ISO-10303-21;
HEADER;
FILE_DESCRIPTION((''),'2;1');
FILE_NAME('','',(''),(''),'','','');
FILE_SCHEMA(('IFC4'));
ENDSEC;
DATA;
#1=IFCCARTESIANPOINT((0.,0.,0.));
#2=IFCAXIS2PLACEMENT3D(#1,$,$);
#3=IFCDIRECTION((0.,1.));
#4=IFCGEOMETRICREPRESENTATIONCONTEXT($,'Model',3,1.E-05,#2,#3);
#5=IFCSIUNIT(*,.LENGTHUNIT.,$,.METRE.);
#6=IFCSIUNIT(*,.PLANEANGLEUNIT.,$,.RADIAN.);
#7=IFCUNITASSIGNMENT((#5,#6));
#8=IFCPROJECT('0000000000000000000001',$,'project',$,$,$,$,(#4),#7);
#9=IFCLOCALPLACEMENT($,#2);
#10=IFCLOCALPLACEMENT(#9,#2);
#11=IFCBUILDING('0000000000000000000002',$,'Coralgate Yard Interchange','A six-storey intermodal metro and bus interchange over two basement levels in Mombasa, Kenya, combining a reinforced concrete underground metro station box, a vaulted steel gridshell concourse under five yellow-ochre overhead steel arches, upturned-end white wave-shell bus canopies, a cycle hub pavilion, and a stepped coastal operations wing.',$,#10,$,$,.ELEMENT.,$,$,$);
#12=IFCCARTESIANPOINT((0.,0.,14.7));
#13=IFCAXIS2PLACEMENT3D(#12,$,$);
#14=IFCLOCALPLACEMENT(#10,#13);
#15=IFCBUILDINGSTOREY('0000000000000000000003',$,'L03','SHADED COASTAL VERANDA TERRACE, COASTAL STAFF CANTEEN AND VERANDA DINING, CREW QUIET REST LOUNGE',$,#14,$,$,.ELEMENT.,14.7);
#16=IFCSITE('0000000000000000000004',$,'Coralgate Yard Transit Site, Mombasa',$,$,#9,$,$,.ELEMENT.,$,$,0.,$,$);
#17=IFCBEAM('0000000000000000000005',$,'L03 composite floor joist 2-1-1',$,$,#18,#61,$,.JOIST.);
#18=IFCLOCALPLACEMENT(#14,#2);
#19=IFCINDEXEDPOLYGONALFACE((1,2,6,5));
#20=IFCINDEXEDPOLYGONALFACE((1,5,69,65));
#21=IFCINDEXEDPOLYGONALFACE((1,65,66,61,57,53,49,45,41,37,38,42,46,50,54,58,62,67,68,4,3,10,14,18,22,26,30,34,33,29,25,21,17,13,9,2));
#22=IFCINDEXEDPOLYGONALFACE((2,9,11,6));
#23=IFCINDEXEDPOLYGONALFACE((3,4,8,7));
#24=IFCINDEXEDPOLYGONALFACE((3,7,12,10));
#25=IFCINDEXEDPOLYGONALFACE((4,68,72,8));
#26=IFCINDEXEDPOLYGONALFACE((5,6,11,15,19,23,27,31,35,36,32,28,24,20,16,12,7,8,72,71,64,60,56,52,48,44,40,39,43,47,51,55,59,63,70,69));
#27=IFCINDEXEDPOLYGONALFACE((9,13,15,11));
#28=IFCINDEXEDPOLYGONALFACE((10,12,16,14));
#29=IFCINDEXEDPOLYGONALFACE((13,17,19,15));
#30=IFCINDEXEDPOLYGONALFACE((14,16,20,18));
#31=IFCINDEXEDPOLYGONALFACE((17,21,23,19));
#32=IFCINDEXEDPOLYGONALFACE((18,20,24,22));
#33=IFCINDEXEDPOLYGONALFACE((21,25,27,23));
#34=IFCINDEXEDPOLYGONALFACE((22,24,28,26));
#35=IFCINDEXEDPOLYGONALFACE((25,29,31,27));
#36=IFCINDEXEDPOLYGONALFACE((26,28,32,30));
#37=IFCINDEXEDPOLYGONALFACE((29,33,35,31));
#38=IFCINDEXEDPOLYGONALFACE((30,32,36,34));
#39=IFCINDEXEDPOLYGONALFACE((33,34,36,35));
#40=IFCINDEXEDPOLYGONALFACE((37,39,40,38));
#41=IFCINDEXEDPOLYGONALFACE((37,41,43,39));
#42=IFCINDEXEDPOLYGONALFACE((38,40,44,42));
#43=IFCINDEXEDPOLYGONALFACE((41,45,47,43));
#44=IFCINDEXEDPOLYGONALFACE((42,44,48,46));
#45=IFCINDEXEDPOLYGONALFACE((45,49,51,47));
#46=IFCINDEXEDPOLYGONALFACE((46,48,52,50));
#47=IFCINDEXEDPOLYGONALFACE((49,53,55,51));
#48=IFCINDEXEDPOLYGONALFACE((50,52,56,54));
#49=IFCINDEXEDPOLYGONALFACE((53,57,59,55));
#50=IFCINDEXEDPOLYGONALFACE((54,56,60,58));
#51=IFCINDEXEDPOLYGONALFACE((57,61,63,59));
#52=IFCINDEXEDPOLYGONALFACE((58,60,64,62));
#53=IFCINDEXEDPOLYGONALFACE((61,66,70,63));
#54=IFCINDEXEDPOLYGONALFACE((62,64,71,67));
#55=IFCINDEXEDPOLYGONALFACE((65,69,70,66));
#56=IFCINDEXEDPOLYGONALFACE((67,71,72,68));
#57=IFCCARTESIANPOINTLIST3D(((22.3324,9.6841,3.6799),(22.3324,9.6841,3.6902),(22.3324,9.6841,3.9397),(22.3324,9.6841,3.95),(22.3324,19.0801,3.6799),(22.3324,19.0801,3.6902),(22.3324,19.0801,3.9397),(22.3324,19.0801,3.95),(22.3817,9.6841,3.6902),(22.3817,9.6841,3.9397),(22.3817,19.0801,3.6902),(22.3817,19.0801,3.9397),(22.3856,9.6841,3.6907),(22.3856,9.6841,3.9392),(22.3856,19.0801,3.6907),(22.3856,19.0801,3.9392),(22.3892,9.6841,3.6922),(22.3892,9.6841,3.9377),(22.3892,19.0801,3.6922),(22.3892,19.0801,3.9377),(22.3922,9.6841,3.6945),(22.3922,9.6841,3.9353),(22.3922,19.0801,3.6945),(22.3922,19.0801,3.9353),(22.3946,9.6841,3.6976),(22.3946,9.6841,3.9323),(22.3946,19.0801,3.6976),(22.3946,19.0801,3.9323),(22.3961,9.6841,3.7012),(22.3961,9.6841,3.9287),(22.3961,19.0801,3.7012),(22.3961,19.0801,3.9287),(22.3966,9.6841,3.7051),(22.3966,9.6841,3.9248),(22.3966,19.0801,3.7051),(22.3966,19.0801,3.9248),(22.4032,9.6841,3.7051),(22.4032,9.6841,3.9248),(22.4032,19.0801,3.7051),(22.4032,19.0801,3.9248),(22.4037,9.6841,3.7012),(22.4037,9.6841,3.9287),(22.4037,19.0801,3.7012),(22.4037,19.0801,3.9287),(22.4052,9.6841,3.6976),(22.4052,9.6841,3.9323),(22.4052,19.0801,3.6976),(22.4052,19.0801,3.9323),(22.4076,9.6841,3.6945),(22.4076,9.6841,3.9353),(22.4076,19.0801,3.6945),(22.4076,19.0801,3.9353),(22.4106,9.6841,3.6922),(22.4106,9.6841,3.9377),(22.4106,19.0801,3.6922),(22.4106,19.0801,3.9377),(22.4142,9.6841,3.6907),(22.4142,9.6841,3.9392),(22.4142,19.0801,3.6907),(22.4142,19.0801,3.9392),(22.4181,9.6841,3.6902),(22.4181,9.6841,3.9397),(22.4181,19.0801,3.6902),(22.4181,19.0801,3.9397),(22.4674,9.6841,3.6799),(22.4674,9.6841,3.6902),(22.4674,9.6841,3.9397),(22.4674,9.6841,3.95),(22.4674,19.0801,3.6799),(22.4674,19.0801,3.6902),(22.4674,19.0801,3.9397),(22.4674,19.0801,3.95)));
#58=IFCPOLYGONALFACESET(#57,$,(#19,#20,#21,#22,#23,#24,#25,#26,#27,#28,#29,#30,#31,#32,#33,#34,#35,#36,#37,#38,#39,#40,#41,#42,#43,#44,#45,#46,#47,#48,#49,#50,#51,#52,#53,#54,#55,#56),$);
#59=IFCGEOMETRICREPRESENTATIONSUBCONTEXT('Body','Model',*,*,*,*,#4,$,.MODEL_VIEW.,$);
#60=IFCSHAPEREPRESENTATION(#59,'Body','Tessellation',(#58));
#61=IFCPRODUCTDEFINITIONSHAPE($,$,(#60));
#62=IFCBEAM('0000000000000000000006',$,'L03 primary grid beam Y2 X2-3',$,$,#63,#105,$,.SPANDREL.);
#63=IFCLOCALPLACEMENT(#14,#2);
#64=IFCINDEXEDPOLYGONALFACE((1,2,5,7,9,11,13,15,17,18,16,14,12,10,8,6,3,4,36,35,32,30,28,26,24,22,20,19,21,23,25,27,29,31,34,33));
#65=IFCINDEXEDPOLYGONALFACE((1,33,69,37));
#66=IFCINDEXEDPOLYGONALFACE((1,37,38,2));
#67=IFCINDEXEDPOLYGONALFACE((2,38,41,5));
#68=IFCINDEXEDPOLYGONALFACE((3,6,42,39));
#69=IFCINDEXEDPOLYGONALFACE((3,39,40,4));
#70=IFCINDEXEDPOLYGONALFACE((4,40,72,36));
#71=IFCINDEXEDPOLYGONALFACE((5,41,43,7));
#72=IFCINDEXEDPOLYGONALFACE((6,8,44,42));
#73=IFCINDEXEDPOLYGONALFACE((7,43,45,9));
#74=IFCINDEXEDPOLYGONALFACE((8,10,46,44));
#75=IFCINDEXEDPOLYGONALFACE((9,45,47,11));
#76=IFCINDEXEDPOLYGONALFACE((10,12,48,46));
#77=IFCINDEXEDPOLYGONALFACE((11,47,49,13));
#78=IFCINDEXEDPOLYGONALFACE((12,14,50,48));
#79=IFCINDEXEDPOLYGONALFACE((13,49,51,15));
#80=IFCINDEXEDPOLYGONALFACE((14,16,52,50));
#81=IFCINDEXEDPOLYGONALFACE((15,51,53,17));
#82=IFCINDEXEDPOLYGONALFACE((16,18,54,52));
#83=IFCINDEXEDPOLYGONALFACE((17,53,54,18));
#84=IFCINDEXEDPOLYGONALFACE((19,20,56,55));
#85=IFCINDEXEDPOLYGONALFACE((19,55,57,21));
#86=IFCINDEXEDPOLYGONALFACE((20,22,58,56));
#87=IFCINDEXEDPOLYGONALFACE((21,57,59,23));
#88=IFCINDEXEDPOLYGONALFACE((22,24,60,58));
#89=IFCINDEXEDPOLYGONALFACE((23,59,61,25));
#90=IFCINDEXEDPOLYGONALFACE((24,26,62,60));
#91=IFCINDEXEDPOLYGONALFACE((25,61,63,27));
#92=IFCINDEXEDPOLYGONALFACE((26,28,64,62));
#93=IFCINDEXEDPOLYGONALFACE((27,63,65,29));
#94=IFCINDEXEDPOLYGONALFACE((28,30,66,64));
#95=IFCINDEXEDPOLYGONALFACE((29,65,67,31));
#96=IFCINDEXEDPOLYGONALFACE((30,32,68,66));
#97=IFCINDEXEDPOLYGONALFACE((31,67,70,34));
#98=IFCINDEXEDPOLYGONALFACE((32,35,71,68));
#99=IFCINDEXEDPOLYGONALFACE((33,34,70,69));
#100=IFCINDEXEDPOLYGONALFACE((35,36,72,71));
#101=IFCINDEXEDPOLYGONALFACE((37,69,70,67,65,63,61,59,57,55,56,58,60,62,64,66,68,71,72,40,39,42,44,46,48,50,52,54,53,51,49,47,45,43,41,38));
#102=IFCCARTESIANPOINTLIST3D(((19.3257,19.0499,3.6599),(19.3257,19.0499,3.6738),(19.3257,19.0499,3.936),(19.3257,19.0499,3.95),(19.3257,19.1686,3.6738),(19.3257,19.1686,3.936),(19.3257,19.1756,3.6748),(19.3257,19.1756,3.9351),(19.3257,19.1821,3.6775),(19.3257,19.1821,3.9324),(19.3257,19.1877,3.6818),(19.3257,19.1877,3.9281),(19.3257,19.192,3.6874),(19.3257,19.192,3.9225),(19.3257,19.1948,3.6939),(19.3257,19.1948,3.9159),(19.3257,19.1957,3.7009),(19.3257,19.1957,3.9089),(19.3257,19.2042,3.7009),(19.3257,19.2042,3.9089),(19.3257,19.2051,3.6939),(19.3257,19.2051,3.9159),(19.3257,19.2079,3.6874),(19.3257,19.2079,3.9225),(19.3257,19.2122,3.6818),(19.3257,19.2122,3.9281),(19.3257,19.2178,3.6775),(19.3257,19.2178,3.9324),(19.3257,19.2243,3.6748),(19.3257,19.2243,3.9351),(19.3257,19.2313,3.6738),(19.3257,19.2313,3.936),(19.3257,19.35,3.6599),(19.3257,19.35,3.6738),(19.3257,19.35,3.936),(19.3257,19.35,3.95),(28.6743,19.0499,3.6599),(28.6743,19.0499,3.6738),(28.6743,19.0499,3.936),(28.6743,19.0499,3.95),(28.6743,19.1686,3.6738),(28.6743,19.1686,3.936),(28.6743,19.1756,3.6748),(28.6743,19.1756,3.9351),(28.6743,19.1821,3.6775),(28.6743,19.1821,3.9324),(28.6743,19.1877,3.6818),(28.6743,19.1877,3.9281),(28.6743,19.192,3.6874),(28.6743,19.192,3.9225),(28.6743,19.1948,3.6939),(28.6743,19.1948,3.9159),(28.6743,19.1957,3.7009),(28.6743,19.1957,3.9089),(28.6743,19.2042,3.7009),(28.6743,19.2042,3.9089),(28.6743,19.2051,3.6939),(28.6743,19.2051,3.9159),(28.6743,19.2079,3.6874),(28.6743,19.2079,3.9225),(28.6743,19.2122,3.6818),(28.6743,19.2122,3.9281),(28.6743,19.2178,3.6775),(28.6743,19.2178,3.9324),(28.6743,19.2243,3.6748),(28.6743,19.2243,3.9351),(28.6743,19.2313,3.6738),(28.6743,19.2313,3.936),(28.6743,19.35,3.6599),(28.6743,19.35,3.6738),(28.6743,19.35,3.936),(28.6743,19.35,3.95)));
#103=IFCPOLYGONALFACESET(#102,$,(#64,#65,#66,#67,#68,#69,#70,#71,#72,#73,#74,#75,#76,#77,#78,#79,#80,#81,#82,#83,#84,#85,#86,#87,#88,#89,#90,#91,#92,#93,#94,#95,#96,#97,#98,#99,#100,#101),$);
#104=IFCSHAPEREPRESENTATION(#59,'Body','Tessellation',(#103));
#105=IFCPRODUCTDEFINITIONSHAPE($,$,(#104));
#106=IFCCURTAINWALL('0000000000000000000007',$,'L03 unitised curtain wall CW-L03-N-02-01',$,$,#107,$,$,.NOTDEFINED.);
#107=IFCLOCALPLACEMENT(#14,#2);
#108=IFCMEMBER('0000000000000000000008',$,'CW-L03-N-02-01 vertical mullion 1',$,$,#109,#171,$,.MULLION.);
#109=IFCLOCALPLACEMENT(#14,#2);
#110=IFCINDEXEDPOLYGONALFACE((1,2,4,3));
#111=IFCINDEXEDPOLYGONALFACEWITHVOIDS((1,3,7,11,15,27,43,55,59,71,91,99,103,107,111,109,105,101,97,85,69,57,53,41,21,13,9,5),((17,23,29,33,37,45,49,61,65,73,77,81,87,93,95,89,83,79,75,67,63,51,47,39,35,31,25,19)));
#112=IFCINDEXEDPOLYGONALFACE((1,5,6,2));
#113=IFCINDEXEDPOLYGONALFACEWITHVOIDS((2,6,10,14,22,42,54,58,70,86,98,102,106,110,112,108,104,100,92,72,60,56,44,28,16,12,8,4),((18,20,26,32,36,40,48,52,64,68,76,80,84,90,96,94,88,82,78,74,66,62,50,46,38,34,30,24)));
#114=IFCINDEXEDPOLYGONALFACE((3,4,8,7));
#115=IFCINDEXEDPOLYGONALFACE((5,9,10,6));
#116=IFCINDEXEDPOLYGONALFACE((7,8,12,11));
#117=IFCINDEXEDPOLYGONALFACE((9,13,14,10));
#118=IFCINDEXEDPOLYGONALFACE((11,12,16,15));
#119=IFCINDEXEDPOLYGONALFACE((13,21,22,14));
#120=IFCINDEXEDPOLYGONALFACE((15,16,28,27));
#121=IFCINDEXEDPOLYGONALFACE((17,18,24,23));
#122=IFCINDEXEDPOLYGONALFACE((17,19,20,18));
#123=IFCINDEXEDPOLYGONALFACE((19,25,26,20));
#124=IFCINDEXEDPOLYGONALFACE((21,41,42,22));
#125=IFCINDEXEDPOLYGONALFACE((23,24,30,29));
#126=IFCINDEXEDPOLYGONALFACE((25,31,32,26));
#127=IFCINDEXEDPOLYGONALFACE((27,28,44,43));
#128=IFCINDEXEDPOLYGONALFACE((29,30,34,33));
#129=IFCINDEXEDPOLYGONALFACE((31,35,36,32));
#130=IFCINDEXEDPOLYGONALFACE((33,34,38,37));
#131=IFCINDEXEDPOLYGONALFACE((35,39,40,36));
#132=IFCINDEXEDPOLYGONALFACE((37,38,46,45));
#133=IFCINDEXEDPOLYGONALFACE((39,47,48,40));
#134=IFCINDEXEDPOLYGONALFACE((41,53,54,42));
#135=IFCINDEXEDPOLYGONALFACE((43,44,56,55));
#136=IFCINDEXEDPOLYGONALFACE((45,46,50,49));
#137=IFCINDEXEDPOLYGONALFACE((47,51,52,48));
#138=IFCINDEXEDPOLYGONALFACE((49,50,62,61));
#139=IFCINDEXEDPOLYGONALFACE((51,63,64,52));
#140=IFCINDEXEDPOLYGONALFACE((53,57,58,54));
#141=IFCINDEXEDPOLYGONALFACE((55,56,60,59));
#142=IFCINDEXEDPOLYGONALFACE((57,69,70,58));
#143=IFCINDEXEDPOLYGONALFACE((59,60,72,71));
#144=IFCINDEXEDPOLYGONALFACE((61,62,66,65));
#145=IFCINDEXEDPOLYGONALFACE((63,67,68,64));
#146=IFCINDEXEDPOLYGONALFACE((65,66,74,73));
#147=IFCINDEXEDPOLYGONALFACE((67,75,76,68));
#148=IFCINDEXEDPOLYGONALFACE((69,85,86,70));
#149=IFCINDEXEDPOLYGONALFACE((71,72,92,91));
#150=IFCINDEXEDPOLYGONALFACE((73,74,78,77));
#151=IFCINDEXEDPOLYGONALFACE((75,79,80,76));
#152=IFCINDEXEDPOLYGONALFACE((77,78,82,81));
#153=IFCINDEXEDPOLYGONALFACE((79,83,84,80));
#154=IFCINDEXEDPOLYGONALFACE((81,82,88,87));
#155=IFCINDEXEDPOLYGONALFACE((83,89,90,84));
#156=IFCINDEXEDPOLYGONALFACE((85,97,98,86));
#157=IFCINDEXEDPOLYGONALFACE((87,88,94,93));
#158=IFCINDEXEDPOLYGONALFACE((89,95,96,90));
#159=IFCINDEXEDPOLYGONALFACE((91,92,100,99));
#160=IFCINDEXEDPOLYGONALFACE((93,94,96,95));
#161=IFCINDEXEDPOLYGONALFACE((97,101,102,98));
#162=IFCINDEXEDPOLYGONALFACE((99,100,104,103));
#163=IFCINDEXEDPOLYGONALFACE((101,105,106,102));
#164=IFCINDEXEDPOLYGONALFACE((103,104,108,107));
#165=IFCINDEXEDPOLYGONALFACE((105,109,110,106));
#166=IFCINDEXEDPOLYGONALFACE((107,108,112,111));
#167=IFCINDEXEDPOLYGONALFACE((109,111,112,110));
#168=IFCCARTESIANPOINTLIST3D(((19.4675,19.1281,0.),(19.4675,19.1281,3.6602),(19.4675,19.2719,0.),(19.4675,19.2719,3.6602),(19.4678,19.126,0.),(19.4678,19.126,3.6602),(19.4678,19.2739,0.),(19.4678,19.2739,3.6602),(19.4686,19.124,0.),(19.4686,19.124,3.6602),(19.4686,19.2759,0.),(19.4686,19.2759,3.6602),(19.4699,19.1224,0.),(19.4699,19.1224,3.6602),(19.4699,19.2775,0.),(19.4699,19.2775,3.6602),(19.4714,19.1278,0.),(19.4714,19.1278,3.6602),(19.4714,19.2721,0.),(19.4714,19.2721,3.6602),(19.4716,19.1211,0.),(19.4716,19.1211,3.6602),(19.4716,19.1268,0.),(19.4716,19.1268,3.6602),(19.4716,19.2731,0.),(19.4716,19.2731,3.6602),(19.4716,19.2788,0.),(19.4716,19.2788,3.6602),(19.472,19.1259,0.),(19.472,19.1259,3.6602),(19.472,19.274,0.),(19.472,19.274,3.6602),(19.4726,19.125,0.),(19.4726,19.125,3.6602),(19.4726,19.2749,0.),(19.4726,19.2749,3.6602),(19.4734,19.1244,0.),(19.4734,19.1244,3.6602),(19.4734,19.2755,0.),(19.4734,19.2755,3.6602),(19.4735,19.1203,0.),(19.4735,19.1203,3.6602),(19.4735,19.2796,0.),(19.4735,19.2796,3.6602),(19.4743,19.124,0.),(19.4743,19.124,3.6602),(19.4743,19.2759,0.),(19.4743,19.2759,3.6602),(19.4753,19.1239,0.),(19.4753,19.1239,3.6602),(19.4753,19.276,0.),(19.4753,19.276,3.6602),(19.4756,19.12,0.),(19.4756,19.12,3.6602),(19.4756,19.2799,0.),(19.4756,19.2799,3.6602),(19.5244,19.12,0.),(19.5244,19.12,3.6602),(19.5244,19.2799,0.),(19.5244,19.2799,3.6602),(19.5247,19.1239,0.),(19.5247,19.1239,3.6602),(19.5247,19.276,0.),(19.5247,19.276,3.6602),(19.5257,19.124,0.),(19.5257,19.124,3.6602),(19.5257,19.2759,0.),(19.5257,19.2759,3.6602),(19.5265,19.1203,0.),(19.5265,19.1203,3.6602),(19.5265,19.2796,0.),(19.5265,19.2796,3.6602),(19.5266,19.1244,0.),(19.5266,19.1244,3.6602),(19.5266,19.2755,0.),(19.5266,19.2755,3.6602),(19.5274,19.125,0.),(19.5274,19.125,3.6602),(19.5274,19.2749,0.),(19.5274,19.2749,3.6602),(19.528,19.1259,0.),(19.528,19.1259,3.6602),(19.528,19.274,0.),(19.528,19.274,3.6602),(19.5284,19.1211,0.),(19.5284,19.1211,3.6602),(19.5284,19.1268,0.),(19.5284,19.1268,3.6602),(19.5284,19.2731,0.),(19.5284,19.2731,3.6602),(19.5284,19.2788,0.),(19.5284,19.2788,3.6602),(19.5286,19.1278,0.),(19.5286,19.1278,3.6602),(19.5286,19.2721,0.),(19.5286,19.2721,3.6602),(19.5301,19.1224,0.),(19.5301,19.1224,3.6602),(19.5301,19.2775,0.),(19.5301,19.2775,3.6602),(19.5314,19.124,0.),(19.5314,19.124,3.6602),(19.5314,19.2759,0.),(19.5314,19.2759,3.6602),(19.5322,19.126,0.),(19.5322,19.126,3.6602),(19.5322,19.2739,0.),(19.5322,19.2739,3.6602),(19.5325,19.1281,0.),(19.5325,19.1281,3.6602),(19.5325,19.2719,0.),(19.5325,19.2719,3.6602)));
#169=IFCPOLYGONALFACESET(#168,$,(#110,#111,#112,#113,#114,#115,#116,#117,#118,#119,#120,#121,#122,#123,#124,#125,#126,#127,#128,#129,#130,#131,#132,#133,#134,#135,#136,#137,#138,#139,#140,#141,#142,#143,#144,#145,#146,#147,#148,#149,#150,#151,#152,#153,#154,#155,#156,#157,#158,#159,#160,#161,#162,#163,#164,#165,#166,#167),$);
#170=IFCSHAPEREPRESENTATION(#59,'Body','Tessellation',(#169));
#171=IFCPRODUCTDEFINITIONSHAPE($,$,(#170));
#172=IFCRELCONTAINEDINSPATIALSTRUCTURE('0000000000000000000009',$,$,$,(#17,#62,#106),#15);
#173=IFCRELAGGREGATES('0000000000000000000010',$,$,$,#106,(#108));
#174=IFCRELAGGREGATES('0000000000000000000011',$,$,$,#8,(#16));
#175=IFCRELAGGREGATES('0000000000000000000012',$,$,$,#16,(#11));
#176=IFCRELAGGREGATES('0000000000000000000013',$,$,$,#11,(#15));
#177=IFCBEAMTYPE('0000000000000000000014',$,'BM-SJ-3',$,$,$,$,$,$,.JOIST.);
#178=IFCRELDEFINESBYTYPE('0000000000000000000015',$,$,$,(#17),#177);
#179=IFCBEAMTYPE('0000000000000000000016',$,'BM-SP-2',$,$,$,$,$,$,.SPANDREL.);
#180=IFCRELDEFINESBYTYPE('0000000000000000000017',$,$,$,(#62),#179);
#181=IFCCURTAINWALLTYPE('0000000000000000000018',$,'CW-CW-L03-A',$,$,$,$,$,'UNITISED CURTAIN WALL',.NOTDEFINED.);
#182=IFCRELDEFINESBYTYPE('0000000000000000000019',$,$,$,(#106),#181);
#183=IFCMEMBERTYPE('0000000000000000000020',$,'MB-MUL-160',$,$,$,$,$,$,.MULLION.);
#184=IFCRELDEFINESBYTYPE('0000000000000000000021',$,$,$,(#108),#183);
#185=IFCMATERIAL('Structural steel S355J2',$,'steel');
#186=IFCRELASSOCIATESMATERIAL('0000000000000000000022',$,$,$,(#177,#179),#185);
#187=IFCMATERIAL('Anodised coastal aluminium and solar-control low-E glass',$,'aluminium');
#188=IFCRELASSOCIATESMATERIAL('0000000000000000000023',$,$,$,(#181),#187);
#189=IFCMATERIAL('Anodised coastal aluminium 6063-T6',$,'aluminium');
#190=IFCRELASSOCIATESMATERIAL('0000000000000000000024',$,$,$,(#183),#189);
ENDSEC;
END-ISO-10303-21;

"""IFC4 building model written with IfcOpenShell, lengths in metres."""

from ifc_helpers import new_model, si_unit, direction, frame, origin, origin_2d, place, context, subcontext, project, spatial, hollow_rectangle, i_section, extrude, material, material_profile, profile_set, type_object, element, aggregate, save


model = new_model("IFC4")

# Units and contexts
model_context = context("Model", 3, precision=1e-05, world=origin(), true_north=direction((0.0, 1.0)))
body_context = subcontext(model_context, "Body", "Model", "MODEL_VIEW")
ifc_project = project(units=[si_unit("LENGTHUNIT", "METRE"), si_unit("PLANEANGLEUNIT", "RADIAN")], contexts=[model_context])

# Site, building, storey
site_placement = place(None, origin())
site = spatial("IfcSite", under=ifc_project, at=site_placement, Name="Coralgate Yard Transit Site, Mombasa", CompositionType="ELEMENT", RefElevation=0.0)
building_placement = place(site_placement, origin())
building = spatial("IfcBuilding", under=site, at=building_placement, Name="Coralgate Yard Interchange", Description="A six-storey intermodal metro and bus interchange over two basement levels in Mombasa, Kenya, combining a reinforced concrete underground metro station box, a vaulted steel gridshell concourse under five yellow-ochre overhead steel arches, upturned-end white wave-shell bus canopies, a cycle hub pavilion, and a stepped coastal operations wing.", CompositionType="ELEMENT")
storey_placement = place(building_placement, frame((0.0, 0.0, 14.7)))
storey = spatial("IfcBuildingStorey", under=building, at=storey_placement, Name="L03", Description="SHADED COASTAL VERANDA TERRACE, COASTAL STAFF CANTEEN AND VERANDA DINING, CREW QUIET REST LOUNGE", CompositionType="ELEMENT", Elevation=14.7)

# Shared definitions
ifc_material_1 = material(Name="Structural steel S355J2", Category="steel")

# Beams
ifc_material_profile_1 = material_profile(ifc_material_1, i_section(OverallWidth=0.135, OverallDepth=0.27, WebThickness=0.0066, FlangeThickness=0.0103, FilletRadius=0.0149, at=origin_2d()), Name="IPE 270")
ifc_profile_set_1 = profile_set([ifc_material_profile_1], Name="Structural steel S355J2")
beam_type_1 = type_object("IfcBeamType", Name="BM-SJ-3", PredefinedType="JOIST", material=ifc_profile_set_1)
beam_1_placement = place(storey_placement, frame((22.3999, 9.6841, 3.8149), z_axis=(0.0, 1.0, 0.0), x_axis=(-1.0, 0.0, 0.0)))
element("IfcBeam", 1, at=beam_1_placement, inside=storey, type_object=beam_type_1, Name="L03 composite floor joist 2-1-1", PredefinedType="JOIST", context=body_context, shape_type="SweptSolid", body=[
    extrude(i_section(OverallWidth=0.135, OverallDepth=0.27, WebThickness=0.0066, FlangeThickness=0.0103, FilletRadius=0.0149, at=origin_2d()), origin(), (0.0, 0.0, 1.0), 9.396),
])
ifc_material_profile_2 = material_profile(ifc_material_1, i_section(OverallWidth=0.3, OverallDepth=0.29, WebThickness=0.0085, FlangeThickness=0.0139, FilletRadius=0.0271, at=origin_2d()), Name="HEA 300")
ifc_profile_set_2 = profile_set([ifc_material_profile_2], Name="Structural steel S355J2")
beam_type_2 = type_object("IfcBeamType", Name="BM-SP-2", PredefinedType="SPANDREL", material=ifc_profile_set_2)
beam_2_placement = place(storey_placement, frame((19.3257, 19.2, 3.8049), z_axis=(1.0, 0.0, 0.0), x_axis=(0.0, 1.0, 0.0)))
element("IfcBeam", 2, at=beam_2_placement, inside=storey, type_object=beam_type_2, Name="L03 primary grid beam Y2 X2-3", PredefinedType="SPANDREL", context=body_context, shape_type="SweptSolid", body=[
    extrude(i_section(OverallWidth=0.3, OverallDepth=0.29, WebThickness=0.0085, FlangeThickness=0.0139, FilletRadius=0.0271, at=origin_2d()), origin(), (0.0, 0.0, 1.0), 9.3486),
])

# Curtain wall, member
ifc_material_2 = material(Name="Anodised coastal aluminium and solar-control low-E glass", Category="aluminium")
curtain_wall_type = type_object("IfcCurtainWallType", Name="CW-CW-L03-A", ElementType="UNITISED CURTAIN WALL", PredefinedType="NOTDEFINED", material=ifc_material_2)
curtain_wall_placement = place(storey_placement, origin())
curtain_wall = element("IfcCurtainWall", 3, at=curtain_wall_placement, inside=storey, type_object=curtain_wall_type, Name="L03 unitised curtain wall CW-L03-N-02-01", PredefinedType="NOTDEFINED")
ifc_material_3 = material(Name="Anodised coastal aluminium 6063-T6", Category="aluminium")
ifc_material_profile_3 = material_profile(ifc_material_3, hollow_rectangle(XDim=0.0649, YDim=0.1599, WallThickness=0.0039, InnerFilletRadius=0.0039, OuterFilletRadius=0.0081, at=origin_2d()), Name="ALU 65x160x4")
ifc_profile_set_3 = profile_set([ifc_material_profile_3], Name="Anodised coastal aluminium 6063-T6")
member_type_1 = type_object("IfcMemberType", Name="MB-MUL-160", PredefinedType="MULLION", material=ifc_profile_set_3)
member_1_placement = place(storey_placement, frame((19.5, 19.2, 0.0), z_axis=(0.0, 0.0, 1.0), x_axis=(1.0, 0.0, 0.0)))
member_1 = element("IfcMember", 4, at=member_1_placement, type_object=member_type_1, Name="CW-L03-N-02-01 vertical mullion 1", PredefinedType="MULLION", context=body_context, shape_type="SweptSolid", body=[
    extrude(hollow_rectangle(XDim=0.0649, YDim=0.1599, WallThickness=0.0039, InnerFilletRadius=0.0039, OuterFilletRadius=0.0081, at=origin_2d()), origin(), (0.0, 0.0, 1.0), 3.6602),
])
aggregate(curtain_wall, [member_1])

save(model, "model.ifc")
